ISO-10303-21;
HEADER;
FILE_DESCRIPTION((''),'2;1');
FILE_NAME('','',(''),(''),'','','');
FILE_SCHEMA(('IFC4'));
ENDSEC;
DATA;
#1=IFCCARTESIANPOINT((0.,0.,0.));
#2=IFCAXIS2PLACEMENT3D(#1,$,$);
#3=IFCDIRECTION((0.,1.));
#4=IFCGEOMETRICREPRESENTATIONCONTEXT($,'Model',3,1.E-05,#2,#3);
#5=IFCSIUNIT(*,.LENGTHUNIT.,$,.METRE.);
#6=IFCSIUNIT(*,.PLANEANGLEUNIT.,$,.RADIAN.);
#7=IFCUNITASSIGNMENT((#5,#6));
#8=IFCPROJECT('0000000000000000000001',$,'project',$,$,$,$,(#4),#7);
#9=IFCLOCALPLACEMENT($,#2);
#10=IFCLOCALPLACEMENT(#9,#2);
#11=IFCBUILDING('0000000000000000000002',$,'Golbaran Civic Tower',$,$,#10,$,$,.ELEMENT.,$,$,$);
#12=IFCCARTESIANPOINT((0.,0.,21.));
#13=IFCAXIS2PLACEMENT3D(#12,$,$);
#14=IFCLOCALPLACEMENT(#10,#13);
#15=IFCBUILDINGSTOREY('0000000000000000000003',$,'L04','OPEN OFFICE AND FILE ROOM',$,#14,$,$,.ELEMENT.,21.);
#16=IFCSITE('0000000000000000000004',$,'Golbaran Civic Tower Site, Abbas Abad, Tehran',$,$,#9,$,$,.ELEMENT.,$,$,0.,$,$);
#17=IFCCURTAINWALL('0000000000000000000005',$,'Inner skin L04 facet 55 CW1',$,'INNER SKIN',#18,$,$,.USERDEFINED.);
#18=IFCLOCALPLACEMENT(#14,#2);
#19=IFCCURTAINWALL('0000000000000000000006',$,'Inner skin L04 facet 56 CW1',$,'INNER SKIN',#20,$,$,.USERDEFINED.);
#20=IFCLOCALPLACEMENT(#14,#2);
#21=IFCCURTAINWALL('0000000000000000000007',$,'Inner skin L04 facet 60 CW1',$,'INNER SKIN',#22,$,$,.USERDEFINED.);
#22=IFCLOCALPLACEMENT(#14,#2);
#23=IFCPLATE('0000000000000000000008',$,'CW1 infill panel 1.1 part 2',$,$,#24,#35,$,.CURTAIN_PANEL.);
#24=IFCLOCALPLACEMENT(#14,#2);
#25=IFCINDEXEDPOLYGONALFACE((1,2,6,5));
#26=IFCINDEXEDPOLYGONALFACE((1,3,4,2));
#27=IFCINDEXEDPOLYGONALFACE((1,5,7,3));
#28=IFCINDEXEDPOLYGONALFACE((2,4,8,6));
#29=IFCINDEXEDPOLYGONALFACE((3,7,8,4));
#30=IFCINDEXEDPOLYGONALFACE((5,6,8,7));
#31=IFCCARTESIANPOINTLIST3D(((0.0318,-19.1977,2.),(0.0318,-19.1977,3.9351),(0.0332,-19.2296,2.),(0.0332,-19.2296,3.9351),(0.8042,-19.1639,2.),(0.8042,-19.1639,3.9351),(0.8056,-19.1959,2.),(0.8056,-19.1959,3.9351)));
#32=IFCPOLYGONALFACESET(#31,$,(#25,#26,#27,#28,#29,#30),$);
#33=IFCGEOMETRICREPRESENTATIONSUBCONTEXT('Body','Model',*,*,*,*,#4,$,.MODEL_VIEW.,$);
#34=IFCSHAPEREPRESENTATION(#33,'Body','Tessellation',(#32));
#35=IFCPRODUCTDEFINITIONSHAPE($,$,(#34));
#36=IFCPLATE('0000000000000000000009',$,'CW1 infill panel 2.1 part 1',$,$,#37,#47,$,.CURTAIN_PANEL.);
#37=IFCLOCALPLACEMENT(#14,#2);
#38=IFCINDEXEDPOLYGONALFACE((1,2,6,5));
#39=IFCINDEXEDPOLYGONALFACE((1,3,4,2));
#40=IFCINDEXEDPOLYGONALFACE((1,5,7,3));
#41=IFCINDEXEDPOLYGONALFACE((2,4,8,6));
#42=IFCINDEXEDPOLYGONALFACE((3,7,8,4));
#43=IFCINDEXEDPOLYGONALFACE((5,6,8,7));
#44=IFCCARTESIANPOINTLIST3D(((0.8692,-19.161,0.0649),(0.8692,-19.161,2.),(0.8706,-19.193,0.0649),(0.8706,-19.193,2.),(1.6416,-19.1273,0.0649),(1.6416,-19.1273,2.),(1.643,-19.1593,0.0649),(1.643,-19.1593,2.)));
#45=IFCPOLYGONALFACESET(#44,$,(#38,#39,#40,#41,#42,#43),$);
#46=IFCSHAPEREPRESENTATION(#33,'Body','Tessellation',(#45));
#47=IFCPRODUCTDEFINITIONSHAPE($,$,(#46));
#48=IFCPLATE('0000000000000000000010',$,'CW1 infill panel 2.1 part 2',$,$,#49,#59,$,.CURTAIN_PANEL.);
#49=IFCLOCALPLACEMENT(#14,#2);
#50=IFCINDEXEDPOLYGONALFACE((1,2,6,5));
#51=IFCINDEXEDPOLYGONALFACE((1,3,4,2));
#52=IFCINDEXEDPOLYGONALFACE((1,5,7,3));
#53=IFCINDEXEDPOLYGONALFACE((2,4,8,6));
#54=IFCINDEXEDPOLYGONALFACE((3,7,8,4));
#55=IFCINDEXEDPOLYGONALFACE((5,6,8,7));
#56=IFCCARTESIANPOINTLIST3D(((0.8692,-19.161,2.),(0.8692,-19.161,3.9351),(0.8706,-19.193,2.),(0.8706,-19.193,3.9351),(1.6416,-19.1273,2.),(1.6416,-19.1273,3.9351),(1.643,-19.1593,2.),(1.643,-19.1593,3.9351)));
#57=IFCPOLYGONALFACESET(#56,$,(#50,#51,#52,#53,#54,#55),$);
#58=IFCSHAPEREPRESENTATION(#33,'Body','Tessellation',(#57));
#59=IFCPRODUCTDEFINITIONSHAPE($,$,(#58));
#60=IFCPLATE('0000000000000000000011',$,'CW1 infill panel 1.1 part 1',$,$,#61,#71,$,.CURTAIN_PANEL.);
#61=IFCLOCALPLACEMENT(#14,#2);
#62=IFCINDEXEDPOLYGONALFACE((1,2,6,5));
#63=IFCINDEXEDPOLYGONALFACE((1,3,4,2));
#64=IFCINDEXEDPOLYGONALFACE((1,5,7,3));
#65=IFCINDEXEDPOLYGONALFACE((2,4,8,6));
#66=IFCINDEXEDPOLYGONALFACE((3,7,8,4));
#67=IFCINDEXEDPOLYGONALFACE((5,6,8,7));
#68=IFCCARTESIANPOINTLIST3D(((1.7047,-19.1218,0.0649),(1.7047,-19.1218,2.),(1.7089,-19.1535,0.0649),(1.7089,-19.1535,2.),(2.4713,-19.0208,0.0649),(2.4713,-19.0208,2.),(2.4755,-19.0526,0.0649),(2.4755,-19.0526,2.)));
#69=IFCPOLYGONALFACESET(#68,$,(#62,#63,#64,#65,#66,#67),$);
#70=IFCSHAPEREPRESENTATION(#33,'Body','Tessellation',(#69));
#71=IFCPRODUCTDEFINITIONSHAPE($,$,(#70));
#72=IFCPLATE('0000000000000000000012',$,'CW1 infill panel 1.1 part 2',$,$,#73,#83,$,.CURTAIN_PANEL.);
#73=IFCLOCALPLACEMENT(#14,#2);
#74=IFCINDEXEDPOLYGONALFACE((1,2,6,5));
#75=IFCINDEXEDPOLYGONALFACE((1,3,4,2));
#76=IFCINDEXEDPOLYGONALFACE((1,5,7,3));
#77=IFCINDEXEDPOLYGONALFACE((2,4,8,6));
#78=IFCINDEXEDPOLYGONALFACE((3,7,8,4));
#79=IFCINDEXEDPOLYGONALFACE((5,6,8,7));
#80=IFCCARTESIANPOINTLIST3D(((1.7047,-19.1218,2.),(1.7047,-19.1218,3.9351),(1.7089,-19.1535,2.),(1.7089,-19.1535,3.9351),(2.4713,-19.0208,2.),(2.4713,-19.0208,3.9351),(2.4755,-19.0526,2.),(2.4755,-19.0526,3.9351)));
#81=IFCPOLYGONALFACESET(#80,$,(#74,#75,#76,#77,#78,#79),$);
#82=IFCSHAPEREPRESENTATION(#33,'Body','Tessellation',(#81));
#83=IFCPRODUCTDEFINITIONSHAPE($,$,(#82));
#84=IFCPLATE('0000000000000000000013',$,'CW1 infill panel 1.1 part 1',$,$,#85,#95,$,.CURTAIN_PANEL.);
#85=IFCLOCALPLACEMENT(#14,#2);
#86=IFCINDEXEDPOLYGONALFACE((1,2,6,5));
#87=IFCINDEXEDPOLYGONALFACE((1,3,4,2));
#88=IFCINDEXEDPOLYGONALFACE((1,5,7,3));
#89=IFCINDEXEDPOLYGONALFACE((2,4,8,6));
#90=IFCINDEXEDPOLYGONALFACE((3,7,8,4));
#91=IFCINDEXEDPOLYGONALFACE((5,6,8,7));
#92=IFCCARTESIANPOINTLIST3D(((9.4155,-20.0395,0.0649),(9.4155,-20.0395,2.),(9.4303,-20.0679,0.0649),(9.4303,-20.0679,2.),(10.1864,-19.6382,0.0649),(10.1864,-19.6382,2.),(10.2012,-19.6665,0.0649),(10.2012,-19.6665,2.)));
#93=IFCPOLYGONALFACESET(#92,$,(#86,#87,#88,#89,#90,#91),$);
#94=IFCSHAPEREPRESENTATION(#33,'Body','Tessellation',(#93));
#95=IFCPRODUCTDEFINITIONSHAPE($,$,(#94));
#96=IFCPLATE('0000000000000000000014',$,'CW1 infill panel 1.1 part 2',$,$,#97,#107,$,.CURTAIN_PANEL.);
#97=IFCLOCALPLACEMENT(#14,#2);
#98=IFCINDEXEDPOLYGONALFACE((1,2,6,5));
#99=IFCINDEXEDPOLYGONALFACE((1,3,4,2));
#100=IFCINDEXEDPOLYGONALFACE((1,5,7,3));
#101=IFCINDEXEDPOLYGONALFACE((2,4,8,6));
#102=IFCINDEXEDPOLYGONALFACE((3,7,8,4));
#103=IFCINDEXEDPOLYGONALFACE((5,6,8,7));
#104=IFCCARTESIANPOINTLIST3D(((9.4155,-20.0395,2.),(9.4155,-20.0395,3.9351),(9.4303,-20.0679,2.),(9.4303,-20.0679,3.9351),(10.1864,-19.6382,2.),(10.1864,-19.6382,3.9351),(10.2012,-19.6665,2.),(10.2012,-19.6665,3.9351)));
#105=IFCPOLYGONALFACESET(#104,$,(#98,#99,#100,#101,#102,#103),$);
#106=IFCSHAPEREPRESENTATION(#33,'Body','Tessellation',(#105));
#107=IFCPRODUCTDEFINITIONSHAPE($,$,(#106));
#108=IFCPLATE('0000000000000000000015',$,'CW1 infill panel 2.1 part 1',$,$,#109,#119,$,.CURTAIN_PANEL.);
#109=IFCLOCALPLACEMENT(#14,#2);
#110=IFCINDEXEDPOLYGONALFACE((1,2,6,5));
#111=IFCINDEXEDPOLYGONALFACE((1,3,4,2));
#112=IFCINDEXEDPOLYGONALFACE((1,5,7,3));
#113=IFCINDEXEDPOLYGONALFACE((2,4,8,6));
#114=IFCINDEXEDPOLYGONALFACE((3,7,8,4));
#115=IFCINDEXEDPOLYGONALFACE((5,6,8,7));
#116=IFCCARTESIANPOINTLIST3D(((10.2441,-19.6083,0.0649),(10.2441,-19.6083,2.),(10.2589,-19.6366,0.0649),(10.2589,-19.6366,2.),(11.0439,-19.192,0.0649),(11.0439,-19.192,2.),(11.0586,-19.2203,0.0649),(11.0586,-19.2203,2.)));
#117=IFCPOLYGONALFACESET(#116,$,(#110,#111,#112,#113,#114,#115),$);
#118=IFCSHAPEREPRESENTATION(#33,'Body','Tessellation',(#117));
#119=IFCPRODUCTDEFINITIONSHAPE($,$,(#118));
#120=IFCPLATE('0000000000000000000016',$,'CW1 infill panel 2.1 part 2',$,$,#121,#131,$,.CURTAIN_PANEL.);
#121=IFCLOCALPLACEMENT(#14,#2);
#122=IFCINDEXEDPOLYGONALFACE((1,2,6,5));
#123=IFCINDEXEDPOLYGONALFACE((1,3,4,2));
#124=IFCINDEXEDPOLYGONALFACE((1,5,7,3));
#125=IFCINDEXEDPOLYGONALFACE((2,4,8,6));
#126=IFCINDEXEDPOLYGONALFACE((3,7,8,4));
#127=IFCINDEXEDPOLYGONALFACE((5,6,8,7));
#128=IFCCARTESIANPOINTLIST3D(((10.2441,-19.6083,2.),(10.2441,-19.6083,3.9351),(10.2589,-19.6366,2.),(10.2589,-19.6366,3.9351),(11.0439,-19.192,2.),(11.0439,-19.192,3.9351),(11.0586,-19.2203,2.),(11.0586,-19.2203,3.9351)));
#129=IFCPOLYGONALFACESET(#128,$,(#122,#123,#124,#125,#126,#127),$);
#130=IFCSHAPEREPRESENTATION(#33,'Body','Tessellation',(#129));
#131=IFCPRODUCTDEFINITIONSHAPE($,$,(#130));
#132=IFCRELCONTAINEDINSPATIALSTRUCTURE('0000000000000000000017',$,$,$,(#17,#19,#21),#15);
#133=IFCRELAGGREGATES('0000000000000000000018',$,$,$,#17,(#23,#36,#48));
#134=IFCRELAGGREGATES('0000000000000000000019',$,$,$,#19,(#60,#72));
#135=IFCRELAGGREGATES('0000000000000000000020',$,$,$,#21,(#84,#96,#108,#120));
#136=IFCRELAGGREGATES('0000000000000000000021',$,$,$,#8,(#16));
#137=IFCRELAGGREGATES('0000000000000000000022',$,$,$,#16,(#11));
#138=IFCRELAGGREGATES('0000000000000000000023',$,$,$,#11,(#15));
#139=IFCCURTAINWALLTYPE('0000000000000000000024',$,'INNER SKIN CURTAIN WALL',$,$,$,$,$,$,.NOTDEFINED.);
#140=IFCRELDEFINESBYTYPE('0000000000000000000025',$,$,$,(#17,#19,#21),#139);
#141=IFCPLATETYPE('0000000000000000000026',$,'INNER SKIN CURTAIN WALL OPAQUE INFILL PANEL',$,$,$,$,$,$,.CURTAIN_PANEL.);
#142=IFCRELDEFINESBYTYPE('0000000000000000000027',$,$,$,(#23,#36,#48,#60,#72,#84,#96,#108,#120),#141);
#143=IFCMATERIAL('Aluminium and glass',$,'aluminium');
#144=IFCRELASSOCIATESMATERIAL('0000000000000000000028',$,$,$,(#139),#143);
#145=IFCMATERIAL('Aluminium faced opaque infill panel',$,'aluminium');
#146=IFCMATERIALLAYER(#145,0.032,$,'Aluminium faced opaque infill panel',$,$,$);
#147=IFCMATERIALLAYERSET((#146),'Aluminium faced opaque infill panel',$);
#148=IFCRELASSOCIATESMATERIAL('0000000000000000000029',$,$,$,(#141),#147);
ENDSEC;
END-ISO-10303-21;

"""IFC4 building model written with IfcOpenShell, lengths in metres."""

from ifc_helpers import new_model, si_unit, direction, frame, origin, origin_2d, place, context, subcontext, project, spatial, rectangle, extrude, material, layer, layer_set, type_object, element, aggregate, save


model = new_model("IFC4")

# Units and contexts
model_context = context("Model", 3, precision=1e-05, world=origin(), true_north=direction((0.0, 1.0)))
body_context = subcontext(model_context, "Body", "Model", "MODEL_VIEW")
ifc_project = project(units=[si_unit("LENGTHUNIT", "METRE"), si_unit("PLANEANGLEUNIT", "RADIAN")], contexts=[model_context])

# Site, building, storey
site_placement = place(None, origin())
site = spatial("IfcSite", under=ifc_project, at=site_placement, Name="Golbaran Civic Tower Site, Abbas Abad, Tehran", CompositionType="ELEMENT", RefElevation=0.0)
building_placement = place(site_placement, origin())
building = spatial("IfcBuilding", under=site, at=building_placement, Name="Golbaran Civic Tower", CompositionType="ELEMENT")
storey_placement = place(building_placement, frame((0.0, 0.0, 21.0)))
storey = spatial("IfcBuildingStorey", under=building, at=storey_placement, Name="L04", Description="OPEN OFFICE AND FILE ROOM", CompositionType="ELEMENT", Elevation=21.0)

# Shared definitions
ifc_material_1 = material(Name="Aluminium and glass", Category="aluminium")
curtain_wall_type = type_object("IfcCurtainWallType", Name="INNER SKIN CURTAIN WALL", PredefinedType="NOTDEFINED", material=ifc_material_1)

# Curtain wall
curtain_wall_1_placement = place(storey_placement, origin())
curtain_wall_1 = element("IfcCurtainWall", 1, at=curtain_wall_1_placement, inside=storey, type_object=curtain_wall_type, Name="Inner skin L04 facet 55 CW1", ObjectType="INNER SKIN", PredefinedType="USERDEFINED")

# Curtain wall
curtain_wall_2_placement = place(storey_placement, origin())
curtain_wall_2 = element("IfcCurtainWall", 2, at=curtain_wall_2_placement, inside=storey, type_object=curtain_wall_type, Name="Inner skin L04 facet 56 CW1", ObjectType="INNER SKIN", PredefinedType="USERDEFINED")

# Curtain wall
curtain_wall_3_placement = place(storey_placement, origin())
curtain_wall_3 = element("IfcCurtainWall", 3, at=curtain_wall_3_placement, inside=storey, type_object=curtain_wall_type, Name="Inner skin L04 facet 60 CW1", ObjectType="INNER SKIN", PredefinedType="USERDEFINED")

# Plates
ifc_material_2 = material(Name="Aluminium faced opaque infill panel", Category="aluminium")
ifc_layer_1 = layer(ifc_material_2, 0.032, Name="Aluminium faced opaque infill panel")
ifc_layer_set_1 = layer_set([ifc_layer_1], Name="Aluminium faced opaque infill panel")
plate_type_1 = type_object("IfcPlateType", Name="INNER SKIN CURTAIN WALL OPAQUE INFILL PANEL", PredefinedType="CURTAIN_PANEL", material=ifc_layer_set_1)
plate_1_placement = place(storey_placement, frame((0.4187, -19.1968, 2.0), z_axis=(0.0, 0.0, 1.0), x_axis=(0.999048, 0.043619, 0.0)))
plate_1 = element("IfcPlate", 4, at=plate_1_placement, type_object=plate_type_1, Name="CW1 infill panel 1.1 part 2", PredefinedType="CURTAIN_PANEL", context=body_context, shape_type="SweptSolid", body=[
    extrude(rectangle(XDim=0.7732, YDim=0.032, at=origin_2d()), origin(), (0.0, 0.0, 1.0), 1.9351),
])
plate_2_placement = place(storey_placement, frame((1.2561, -19.1602, 0.0649), z_axis=(0.0, 0.0, 1.0), x_axis=(0.999048, 0.043619, 0.0)))
plate_2 = element("IfcPlate", 5, at=plate_2_placement, type_object=plate_type_1, Name="CW1 infill panel 2.1 part 1", PredefinedType="CURTAIN_PANEL", context=body_context, shape_type="SweptSolid", body=[
    extrude(rectangle(XDim=0.7732, YDim=0.032, at=origin_2d()), origin(), (0.0, 0.0, 1.0), 1.9351),
])
plate_3_placement = place(storey_placement, frame((1.2561, -19.1602, 2.0), z_axis=(0.0, 0.0, 1.0), x_axis=(0.999048, 0.043619, 0.0)))
plate_3 = element("IfcPlate", 6, at=plate_3_placement, type_object=plate_type_1, Name="CW1 infill panel 2.1 part 2", PredefinedType="CURTAIN_PANEL", context=body_context, shape_type="SweptSolid", body=[
    extrude(rectangle(XDim=0.7732, YDim=0.032, at=origin_2d()), origin(), (0.0, 0.0, 1.0), 1.9351),
])
aggregate(curtain_wall_1, [plate_1, plate_2, plate_3])
plate_4_placement = place(storey_placement, frame((2.0901, -19.0872, 0.0649), z_axis=(0.0, 0.0, 1.0), x_axis=(0.991445, 0.130526, 0.0)))
plate_4 = element("IfcPlate", 7, at=plate_4_placement, type_object=plate_type_1, Name="CW1 infill panel 1.1 part 1", PredefinedType="CURTAIN_PANEL", context=body_context, shape_type="SweptSolid", body=[
    extrude(rectangle(XDim=0.7732, YDim=0.032, at=origin_2d()), origin(), (0.0, 0.0, 1.0), 1.9351),
])
plate_5_placement = place(storey_placement, frame((2.0901, -19.0872, 2.0), z_axis=(0.0, 0.0, 1.0), x_axis=(0.991445, 0.130526, 0.0)))
plate_5 = element("IfcPlate", 8, at=plate_5_placement, type_object=plate_type_1, Name="CW1 infill panel 1.1 part 2", PredefinedType="CURTAIN_PANEL", context=body_context, shape_type="SweptSolid", body=[
    extrude(rectangle(XDim=0.7732, YDim=0.032, at=origin_2d()), origin(), (0.0, 0.0, 1.0), 1.9351),
])
aggregate(curtain_wall_2, [plate_4, plate_5])
plate_6_placement = place(storey_placement, frame((9.8083, -19.853, 0.0649), z_axis=(0.0, 0.0, 1.0), x_axis=(0.887011, 0.461749, 0.0)))
plate_6 = element("IfcPlate", 9, at=plate_6_placement, type_object=plate_type_1, Name="CW1 infill panel 1.1 part 1", PredefinedType="CURTAIN_PANEL", context=body_context, shape_type="SweptSolid", body=[
    extrude(rectangle(XDim=0.8691, YDim=0.032, at=origin_2d()), origin(), (0.0, 0.0, 1.0), 1.9351),
])
plate_7_placement = place(storey_placement, frame((9.8083, -19.853, 2.0), z_axis=(0.0, 0.0, 1.0), x_axis=(0.887011, 0.461749, 0.0)))
plate_7 = element("IfcPlate", 10, at=plate_7_placement, type_object=plate_type_1, Name="CW1 infill panel 1.1 part 2", PredefinedType="CURTAIN_PANEL", context=body_context, shape_type="SweptSolid", body=[
    extrude(rectangle(XDim=0.8691, YDim=0.032, at=origin_2d()), origin(), (0.0, 0.0, 1.0), 1.9351),
])
plate_8_placement = place(storey_placement, frame((10.6514, -19.4143, 0.0649), z_axis=(0.0, 0.0, 1.0), x_axis=(0.887011, 0.461749, 0.0)))
plate_8 = element("IfcPlate", 11, at=plate_8_placement, type_object=plate_type_1, Name="CW1 infill panel 2.1 part 1", PredefinedType="CURTAIN_PANEL", context=body_context, shape_type="SweptSolid", body=[
    extrude(rectangle(XDim=0.9016, YDim=0.032, at=origin_2d()), origin(), (0.0, 0.0, 1.0), 1.9351),
])
plate_9_placement = place(storey_placement, frame((10.6514, -19.4143, 2.0), z_axis=(0.0, 0.0, 1.0), x_axis=(0.887011, 0.461749, 0.0)))
plate_9 = element("IfcPlate", 12, at=plate_9_placement, type_object=plate_type_1, Name="CW1 infill panel 2.1 part 2", PredefinedType="CURTAIN_PANEL", context=body_context, shape_type="SweptSolid", body=[
    extrude(rectangle(XDim=0.9016, YDim=0.032, at=origin_2d()), origin(), (0.0, 0.0, 1.0), 1.9351),
])
aggregate(curtain_wall_3, [plate_6, plate_7, plate_8, plate_9])

save(model, "model.ifc")
